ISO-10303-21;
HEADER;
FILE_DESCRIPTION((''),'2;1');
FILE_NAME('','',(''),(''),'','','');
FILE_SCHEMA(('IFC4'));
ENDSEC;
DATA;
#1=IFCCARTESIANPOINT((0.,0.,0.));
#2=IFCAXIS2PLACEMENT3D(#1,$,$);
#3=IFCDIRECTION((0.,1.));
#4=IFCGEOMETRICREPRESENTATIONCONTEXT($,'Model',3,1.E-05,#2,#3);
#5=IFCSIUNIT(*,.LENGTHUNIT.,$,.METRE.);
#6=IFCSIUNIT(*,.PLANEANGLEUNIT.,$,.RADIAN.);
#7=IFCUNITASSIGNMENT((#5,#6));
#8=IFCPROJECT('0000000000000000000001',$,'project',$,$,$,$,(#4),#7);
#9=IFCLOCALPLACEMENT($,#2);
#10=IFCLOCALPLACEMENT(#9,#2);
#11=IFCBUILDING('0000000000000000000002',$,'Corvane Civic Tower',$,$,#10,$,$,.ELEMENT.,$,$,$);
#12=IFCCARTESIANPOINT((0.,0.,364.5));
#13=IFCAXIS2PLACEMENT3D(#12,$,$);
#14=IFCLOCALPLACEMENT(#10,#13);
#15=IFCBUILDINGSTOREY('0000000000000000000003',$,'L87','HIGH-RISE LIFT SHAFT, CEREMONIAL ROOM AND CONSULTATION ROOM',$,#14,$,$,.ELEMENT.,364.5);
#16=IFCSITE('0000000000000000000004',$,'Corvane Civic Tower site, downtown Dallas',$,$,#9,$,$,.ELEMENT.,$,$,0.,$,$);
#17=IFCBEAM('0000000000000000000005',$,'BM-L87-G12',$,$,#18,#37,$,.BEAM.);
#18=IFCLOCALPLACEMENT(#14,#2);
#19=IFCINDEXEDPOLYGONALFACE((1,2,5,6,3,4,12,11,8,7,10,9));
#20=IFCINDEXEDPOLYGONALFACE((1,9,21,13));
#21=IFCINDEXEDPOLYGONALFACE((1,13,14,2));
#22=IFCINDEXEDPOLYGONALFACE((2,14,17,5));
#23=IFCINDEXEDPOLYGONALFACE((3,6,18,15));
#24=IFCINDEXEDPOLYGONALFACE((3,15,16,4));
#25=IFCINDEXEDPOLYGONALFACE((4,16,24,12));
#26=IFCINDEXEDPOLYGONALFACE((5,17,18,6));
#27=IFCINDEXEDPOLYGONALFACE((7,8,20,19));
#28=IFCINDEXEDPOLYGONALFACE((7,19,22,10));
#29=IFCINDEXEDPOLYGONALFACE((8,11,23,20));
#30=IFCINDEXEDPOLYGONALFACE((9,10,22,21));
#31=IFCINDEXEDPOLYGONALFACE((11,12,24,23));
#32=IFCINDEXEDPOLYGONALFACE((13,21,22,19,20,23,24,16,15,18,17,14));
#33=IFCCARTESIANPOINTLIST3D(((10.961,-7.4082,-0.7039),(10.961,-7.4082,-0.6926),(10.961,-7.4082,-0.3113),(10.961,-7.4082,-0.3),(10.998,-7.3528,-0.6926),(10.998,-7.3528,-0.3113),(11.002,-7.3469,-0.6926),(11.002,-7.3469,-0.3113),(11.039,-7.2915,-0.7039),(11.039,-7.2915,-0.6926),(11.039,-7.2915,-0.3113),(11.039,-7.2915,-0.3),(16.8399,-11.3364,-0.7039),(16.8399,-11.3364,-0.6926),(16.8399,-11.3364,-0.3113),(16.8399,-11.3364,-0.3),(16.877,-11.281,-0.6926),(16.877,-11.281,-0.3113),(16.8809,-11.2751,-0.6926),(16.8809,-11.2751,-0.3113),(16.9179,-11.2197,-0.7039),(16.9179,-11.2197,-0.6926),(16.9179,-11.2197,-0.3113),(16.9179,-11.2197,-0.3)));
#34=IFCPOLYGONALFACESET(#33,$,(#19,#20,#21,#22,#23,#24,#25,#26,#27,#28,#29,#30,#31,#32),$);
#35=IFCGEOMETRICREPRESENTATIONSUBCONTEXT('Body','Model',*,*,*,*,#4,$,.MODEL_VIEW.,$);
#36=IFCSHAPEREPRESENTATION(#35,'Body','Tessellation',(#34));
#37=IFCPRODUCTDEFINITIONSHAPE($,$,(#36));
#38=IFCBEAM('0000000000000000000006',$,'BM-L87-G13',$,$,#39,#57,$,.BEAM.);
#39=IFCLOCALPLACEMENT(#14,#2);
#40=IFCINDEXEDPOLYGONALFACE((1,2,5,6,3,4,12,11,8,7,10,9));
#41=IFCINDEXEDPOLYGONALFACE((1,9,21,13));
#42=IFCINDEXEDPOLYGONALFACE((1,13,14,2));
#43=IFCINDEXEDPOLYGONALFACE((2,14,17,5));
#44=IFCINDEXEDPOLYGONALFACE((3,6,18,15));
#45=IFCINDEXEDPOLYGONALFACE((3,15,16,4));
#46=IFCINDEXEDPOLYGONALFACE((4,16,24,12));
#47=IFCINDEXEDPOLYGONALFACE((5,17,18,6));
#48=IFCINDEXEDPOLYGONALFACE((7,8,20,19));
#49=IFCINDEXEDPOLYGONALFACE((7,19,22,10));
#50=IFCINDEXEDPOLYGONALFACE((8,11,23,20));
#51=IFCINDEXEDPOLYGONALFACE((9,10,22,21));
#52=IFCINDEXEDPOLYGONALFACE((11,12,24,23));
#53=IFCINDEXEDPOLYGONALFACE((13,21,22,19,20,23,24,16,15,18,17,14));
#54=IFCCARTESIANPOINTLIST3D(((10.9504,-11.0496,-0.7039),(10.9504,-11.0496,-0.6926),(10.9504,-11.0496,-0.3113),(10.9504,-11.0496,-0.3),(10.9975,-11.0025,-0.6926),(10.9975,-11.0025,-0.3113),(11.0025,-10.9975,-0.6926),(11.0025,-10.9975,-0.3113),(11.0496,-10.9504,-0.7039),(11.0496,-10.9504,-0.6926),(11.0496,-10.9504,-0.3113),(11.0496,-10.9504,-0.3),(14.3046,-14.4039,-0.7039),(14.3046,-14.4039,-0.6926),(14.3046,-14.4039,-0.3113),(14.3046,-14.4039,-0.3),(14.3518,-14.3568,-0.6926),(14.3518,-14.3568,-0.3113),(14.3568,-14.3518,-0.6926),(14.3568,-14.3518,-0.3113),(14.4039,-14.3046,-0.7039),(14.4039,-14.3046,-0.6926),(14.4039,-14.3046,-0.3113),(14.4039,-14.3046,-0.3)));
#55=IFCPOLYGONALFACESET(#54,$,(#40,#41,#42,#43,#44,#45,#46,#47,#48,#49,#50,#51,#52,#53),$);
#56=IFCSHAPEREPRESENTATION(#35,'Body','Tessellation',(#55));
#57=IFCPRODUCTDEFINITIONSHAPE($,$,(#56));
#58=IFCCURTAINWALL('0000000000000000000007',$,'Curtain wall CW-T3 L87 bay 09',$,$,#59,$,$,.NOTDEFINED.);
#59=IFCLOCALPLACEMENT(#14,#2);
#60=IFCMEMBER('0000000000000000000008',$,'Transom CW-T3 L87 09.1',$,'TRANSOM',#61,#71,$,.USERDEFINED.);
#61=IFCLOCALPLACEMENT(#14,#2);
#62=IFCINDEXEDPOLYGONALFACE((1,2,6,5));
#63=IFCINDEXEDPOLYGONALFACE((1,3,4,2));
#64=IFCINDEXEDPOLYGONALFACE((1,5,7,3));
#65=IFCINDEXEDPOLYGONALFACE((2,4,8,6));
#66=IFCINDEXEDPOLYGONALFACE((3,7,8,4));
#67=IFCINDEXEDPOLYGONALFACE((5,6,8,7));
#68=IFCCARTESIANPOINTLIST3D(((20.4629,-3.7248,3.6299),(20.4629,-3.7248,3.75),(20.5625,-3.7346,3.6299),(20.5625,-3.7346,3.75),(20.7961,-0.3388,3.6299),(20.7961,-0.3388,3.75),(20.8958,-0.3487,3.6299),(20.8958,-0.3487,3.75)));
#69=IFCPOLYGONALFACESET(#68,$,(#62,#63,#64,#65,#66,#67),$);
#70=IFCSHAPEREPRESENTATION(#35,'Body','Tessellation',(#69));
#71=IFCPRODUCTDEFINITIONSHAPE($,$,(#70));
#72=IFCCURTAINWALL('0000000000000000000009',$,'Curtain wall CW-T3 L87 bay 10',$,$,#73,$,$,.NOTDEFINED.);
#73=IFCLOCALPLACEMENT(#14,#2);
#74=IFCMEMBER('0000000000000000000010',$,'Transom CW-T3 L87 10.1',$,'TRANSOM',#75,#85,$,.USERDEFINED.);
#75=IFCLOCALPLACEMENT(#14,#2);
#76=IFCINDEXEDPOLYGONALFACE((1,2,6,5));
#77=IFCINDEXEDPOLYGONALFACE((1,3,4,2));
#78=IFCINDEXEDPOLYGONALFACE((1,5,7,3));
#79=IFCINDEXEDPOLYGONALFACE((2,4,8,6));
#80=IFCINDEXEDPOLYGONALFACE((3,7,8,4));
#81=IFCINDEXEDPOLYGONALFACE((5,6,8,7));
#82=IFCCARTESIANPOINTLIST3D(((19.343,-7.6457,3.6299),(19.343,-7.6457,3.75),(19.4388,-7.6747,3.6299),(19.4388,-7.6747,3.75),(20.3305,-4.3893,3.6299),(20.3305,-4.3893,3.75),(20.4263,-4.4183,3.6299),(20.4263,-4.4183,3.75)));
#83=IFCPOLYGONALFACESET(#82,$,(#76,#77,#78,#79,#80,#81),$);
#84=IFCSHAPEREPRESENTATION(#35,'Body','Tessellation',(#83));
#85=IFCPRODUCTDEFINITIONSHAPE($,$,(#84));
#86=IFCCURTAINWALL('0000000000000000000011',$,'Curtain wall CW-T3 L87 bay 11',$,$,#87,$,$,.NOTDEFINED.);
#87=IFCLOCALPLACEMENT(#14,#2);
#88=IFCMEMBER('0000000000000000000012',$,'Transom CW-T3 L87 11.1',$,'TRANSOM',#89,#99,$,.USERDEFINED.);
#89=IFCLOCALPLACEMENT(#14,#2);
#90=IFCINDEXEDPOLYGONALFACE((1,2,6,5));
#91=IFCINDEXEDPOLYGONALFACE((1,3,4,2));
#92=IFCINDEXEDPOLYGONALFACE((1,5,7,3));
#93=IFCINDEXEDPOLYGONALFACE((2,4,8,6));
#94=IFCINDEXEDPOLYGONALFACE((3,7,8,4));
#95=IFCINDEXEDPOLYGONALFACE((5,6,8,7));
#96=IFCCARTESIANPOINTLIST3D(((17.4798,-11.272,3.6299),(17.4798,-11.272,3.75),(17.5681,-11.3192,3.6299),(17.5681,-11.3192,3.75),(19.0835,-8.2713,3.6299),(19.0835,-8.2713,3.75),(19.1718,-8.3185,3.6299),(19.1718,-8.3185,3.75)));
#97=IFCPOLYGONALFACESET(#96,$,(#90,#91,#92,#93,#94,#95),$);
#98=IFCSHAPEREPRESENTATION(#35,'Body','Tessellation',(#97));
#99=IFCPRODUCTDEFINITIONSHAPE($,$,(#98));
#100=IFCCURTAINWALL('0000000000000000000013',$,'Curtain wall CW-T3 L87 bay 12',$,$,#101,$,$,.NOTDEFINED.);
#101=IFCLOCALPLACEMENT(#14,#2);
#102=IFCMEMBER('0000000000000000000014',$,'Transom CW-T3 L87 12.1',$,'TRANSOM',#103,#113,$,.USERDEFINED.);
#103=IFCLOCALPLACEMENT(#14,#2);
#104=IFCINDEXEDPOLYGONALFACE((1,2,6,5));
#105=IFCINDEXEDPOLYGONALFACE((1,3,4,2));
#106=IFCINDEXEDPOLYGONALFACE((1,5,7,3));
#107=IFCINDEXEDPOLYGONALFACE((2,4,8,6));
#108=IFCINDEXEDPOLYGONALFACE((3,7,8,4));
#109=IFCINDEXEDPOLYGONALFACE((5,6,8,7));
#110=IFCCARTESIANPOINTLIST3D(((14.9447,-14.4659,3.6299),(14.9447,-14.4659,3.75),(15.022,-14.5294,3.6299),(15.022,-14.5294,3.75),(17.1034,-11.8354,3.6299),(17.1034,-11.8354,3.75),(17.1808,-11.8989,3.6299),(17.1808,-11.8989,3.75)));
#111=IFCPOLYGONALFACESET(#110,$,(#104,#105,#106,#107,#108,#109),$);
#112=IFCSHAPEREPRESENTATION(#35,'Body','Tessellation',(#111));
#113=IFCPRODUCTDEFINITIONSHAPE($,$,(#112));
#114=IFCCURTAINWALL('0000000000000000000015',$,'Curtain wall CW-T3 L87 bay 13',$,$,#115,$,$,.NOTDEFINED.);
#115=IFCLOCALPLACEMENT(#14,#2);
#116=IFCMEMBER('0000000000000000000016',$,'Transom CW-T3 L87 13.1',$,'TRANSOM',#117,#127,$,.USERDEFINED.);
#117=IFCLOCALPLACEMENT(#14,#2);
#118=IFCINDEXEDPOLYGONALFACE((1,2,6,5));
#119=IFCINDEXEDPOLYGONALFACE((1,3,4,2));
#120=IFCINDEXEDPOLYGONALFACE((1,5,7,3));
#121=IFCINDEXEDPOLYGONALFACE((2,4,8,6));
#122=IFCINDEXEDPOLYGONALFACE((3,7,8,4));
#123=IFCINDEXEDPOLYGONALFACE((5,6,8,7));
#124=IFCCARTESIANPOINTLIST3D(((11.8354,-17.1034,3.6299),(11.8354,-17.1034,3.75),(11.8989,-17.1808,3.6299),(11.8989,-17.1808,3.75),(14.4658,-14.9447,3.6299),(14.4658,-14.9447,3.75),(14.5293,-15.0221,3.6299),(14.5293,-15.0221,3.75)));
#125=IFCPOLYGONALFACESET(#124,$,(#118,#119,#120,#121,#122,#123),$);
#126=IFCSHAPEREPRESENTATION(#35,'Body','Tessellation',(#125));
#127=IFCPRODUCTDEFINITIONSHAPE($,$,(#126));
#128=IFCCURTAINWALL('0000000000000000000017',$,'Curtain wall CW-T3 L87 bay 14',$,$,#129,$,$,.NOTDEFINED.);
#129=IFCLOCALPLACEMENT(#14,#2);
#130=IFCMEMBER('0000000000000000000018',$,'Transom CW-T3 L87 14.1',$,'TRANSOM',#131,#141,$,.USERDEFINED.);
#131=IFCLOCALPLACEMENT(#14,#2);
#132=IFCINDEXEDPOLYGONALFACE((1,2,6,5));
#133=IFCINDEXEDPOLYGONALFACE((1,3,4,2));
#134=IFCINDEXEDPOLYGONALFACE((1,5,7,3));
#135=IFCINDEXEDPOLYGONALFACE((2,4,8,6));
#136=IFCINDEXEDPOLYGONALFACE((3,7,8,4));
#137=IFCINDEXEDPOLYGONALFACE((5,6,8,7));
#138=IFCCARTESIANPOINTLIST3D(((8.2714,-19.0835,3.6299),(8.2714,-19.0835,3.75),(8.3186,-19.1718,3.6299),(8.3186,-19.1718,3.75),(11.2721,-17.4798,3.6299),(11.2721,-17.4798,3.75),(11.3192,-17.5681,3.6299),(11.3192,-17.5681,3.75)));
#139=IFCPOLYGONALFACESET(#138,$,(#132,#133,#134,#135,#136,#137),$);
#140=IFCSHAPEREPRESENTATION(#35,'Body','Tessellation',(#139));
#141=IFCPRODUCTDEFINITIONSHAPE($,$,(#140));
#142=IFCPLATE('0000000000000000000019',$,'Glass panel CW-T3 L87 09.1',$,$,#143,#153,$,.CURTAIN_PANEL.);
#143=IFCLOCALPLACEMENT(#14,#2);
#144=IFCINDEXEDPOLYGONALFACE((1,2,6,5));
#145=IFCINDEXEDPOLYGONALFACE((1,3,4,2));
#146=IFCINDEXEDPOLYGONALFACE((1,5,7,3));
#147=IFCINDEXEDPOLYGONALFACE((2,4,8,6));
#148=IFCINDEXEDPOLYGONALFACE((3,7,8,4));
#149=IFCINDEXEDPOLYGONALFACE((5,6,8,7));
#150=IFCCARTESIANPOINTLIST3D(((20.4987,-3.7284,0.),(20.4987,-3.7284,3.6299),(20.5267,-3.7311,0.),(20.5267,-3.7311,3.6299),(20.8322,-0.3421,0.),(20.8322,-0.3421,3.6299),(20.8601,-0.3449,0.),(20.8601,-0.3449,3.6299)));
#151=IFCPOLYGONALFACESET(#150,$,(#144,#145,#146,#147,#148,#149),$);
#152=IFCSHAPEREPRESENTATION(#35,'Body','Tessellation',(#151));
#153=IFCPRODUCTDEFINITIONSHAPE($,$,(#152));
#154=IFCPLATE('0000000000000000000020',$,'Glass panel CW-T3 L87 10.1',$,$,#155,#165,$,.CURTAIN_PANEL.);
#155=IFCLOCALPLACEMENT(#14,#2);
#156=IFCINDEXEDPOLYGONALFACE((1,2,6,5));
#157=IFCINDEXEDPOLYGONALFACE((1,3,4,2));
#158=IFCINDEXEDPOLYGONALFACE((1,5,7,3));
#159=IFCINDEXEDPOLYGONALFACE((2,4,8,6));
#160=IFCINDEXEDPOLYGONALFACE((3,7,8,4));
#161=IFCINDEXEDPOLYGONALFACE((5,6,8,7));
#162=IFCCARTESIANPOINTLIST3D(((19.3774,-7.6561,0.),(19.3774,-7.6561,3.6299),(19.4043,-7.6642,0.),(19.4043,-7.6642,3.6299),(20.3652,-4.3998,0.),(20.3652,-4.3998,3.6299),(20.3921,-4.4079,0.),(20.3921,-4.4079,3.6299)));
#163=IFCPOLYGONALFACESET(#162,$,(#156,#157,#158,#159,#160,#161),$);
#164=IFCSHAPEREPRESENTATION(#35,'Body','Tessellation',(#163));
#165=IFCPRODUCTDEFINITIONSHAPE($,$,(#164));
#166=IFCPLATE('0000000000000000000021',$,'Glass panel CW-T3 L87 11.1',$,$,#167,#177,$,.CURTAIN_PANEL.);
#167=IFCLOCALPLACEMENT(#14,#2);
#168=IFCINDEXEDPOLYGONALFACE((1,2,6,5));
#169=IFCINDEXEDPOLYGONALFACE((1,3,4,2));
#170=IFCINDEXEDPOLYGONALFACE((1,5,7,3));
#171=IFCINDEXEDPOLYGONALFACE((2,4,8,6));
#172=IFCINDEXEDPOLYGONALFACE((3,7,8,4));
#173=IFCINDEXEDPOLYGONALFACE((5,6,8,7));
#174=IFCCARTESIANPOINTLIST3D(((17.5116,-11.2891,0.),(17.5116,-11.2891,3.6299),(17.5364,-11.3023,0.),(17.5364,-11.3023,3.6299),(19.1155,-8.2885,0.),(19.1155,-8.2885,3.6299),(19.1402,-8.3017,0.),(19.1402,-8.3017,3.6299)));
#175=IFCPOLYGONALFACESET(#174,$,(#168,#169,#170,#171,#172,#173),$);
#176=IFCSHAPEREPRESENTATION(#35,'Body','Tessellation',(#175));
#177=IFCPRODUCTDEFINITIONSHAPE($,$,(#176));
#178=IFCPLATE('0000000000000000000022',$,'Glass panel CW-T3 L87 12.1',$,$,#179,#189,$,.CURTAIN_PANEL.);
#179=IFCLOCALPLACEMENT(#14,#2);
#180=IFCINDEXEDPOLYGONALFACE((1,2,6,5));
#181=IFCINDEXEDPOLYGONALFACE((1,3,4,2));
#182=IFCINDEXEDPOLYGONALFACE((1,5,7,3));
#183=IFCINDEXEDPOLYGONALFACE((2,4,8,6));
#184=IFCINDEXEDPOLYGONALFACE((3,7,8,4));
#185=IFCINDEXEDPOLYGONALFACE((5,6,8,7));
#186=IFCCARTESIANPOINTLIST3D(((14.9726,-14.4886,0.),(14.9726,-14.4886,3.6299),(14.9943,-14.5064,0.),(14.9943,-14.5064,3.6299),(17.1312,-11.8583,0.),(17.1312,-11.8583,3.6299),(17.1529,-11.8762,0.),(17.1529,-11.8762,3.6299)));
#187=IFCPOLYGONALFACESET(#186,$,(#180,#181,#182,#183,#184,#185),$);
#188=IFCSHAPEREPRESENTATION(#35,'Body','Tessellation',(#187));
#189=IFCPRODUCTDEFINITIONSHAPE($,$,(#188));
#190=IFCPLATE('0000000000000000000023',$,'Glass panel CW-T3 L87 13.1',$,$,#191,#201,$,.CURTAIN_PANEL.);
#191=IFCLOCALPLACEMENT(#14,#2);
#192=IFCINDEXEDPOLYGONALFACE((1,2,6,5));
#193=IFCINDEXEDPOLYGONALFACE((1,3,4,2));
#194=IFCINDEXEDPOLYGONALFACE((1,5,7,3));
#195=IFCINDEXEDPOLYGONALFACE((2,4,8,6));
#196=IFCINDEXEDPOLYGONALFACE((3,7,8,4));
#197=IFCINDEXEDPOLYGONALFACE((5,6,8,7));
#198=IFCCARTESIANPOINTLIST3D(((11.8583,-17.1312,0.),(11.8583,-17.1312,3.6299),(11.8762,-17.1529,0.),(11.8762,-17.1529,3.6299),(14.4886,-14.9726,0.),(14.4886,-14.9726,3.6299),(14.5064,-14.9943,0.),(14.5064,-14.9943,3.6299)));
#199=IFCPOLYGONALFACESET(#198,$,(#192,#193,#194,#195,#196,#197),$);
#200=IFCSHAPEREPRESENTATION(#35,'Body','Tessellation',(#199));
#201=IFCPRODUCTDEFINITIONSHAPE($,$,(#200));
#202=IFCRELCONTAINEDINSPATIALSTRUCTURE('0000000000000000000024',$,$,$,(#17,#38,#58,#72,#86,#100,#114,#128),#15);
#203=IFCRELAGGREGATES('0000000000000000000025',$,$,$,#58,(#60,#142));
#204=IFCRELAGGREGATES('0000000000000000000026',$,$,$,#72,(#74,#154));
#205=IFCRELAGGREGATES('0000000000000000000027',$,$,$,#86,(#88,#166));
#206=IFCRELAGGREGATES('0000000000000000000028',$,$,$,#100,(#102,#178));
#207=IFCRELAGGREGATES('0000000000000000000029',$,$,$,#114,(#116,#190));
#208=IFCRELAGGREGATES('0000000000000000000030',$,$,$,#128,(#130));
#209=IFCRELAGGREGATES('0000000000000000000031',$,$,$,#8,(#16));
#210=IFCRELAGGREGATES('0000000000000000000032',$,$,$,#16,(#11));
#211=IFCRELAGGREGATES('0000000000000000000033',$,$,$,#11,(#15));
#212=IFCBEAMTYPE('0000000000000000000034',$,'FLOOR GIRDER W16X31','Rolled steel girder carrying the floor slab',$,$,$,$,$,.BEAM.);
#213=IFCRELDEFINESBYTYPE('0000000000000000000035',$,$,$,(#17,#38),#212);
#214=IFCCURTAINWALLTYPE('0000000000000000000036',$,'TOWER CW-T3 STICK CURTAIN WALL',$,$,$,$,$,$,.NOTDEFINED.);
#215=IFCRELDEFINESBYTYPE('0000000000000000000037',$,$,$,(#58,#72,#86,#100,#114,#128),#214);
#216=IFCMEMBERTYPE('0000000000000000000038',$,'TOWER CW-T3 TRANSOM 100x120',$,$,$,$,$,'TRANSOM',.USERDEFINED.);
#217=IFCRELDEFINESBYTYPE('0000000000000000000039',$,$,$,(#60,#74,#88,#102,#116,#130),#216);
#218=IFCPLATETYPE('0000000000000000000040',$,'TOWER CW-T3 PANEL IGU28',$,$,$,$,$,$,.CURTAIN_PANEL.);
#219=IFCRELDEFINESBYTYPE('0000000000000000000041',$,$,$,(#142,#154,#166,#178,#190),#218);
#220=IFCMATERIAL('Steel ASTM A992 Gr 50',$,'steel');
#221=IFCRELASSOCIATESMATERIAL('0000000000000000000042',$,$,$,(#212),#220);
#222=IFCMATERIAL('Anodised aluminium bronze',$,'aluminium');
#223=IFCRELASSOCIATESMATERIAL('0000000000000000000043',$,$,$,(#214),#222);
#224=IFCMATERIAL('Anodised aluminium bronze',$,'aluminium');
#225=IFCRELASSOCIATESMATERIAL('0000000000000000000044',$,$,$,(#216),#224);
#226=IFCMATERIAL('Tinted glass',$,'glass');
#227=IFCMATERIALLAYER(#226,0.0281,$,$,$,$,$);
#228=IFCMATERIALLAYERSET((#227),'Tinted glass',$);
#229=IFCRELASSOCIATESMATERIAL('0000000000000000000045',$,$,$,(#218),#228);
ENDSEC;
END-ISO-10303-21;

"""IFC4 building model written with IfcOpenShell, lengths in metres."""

from ifc_helpers import new_model, si_unit, direction, frame, origin, origin_2d, place, context, subcontext, project, spatial, rectangle, i_section, extrude, material, layer, layer_set, material_profile, profile_set, type_object, element, aggregate, save


model = new_model("IFC4")

# Units and contexts
model_context = context("Model", 3, precision=1e-05, world=origin(), true_north=direction((0.0, 1.0)))
body_context = subcontext(model_context, "Body", "Model", "MODEL_VIEW")
ifc_project = project(units=[si_unit("LENGTHUNIT", "METRE"), si_unit("PLANEANGLEUNIT", "RADIAN")], contexts=[model_context])

# Site, building, storey
site_placement = place(None, origin())
site = spatial("IfcSite", under=ifc_project, at=site_placement, Name="Corvane Civic Tower site, downtown Dallas", CompositionType="ELEMENT", RefElevation=0.0)
building_placement = place(site_placement, origin())
building = spatial("IfcBuilding", under=site, at=building_placement, Name="Corvane Civic Tower", CompositionType="ELEMENT")
storey_placement = place(building_placement, frame((0.0, 0.0, 364.5)))
storey = spatial("IfcBuildingStorey", under=building, at=storey_placement, Name="L87", Description="HIGH-RISE LIFT SHAFT, CEREMONIAL ROOM AND CONSULTATION ROOM", CompositionType="ELEMENT", Elevation=364.5)

# Beams
ifc_material_1 = material(Name="Steel ASTM A992 Gr 50", Category="steel")
ifc_material_profile_1 = material_profile(ifc_material_1, i_section(OverallWidth=0.1404, OverallDepth=0.4038, WebThickness=0.0071, FlangeThickness=0.0112, at=origin_2d()), Name="W16X31")
ifc_profile_set_1 = profile_set([ifc_material_profile_1], Name="Steel ASTM A992 Gr 50")
beam_type_1 = type_object("IfcBeamType", Name="FLOOR GIRDER W16X31", Description="Rolled steel girder carrying the floor slab", PredefinedType="BEAM", material=ifc_profile_set_1)
beam_1_placement = place(storey_placement, frame((11.0, -7.3499, -0.502), z_axis=(0.831465, -0.555576, 0.0), x_axis=(0.555576, 0.831465, 0.0)))
element("IfcBeam", 1, at=beam_1_placement, inside=storey, type_object=beam_type_1, Name="BM-L87-G12", PredefinedType="BEAM", context=body_context, shape_type="SweptSolid", body=[
    extrude(i_section(OverallWidth=0.1404, OverallDepth=0.4038, WebThickness=0.0071, FlangeThickness=0.0112, at=origin_2d()), origin(), (0.0, 0.0, 1.0), 7.0706),
])
beam_2_placement = place(storey_placement, frame((11.0, -11.0, -0.502), z_axis=(0.707107, -0.707107, 0.0), x_axis=(0.707107, 0.707107, 0.0)))
element("IfcBeam", 2, at=beam_2_placement, inside=storey, type_object=beam_type_1, Name="BM-L87-G13", PredefinedType="BEAM", context=body_context, shape_type="SweptSolid", body=[
    extrude(i_section(OverallWidth=0.1404, OverallDepth=0.4038, WebThickness=0.0071, FlangeThickness=0.0112, at=origin_2d()), origin(), (0.0, 0.0, 1.0), 4.7437),
])

# Curtain walls, members
ifc_material_2 = material(Name="Anodised aluminium bronze", Category="aluminium")
curtain_wall_type = type_object("IfcCurtainWallType", Name="TOWER CW-T3 STICK CURTAIN WALL", PredefinedType="NOTDEFINED", material=ifc_material_2)
curtain_wall_1_placement = place(storey_placement, origin())
curtain_wall_1 = element("IfcCurtainWall", 3, at=curtain_wall_1_placement, inside=storey, type_object=curtain_wall_type, Name="Curtain wall CW-T3 L87 bay 09", PredefinedType="NOTDEFINED")
ifc_material_3 = material(Name="Anodised aluminium bronze", Category="aluminium")
ifc_material_profile_2 = material_profile(ifc_material_3, rectangle(XDim=0.1001, YDim=0.1201, at=origin_2d()), Name="TOWER CW-T3 TRANSOM 100x120")
ifc_profile_set_2 = profile_set([ifc_material_profile_2], Name="Anodised aluminium bronze")
member_type = type_object("IfcMemberType", Name="TOWER CW-T3 TRANSOM 100x120", ElementType="TRANSOM", PredefinedType="USERDEFINED", material=ifc_profile_set_2)
member_1_placement = place(storey_placement, frame((20.8459, -0.3438, 3.6899), z_axis=(-0.097948, -0.995192, 0.0), x_axis=(0.995192, -0.097948, 0.0)))
member_1 = element("IfcMember", 4, at=member_1_placement, type_object=member_type, Name="Transom CW-T3 L87 09.1", ObjectType="TRANSOM", PredefinedType="USERDEFINED", context=body_context, shape_type="SweptSolid", body=[
    extrude(rectangle(XDim=0.1001, YDim=0.1201, at=origin_2d()), origin(), (0.0, 0.0, 1.0), 3.4023),
])
curtain_wall_2_placement = place(storey_placement, origin())
curtain_wall_2 = element("IfcCurtainWall", 5, at=curtain_wall_2_placement, inside=storey, type_object=curtain_wall_type, Name="Curtain wall CW-T3 L87 bay 10", PredefinedType="NOTDEFINED")
member_2_placement = place(storey_placement, frame((20.3784, -4.4038, 3.6899), z_axis=(-0.290216, -0.956961, 0.0), x_axis=(0.956961, -0.290216, 0.0)))
member_2 = element("IfcMember", 6, at=member_2_placement, type_object=member_type, Name="Transom CW-T3 L87 10.1", ObjectType="TRANSOM", PredefinedType="USERDEFINED", context=body_context, shape_type="SweptSolid", body=[
    extrude(rectangle(XDim=0.1001, YDim=0.1201, at=origin_2d()), origin(), (0.0, 0.0, 1.0), 3.4028),
])
curtain_wall_3_placement = place(storey_placement, origin())
curtain_wall_3 = element("IfcCurtainWall", 7, at=curtain_wall_3_placement, inside=storey, type_object=curtain_wall_type, Name="Curtain wall CW-T3 L87 bay 11", PredefinedType="NOTDEFINED")
member_3_placement = place(storey_placement, frame((19.1277, -8.2949, 3.6899), z_axis=(-0.471359, -0.881941, 0.0), x_axis=(0.881941, -0.471359, 0.0)))
member_3 = element("IfcMember", 8, at=member_3_placement, type_object=member_type, Name="Transom CW-T3 L87 11.1", ObjectType="TRANSOM", PredefinedType="USERDEFINED", context=body_context, shape_type="SweptSolid", body=[
    extrude(rectangle(XDim=0.1001, YDim=0.1201, at=origin_2d()), origin(), (0.0, 0.0, 1.0), 3.4023),
])
curtain_wall_4_placement = place(storey_placement, origin())
curtain_wall_4 = element("IfcCurtainWall", 9, at=curtain_wall_4_placement, inside=storey, type_object=curtain_wall_type, Name="Curtain wall CW-T3 L87 bay 12", PredefinedType="NOTDEFINED")
member_4_placement = place(storey_placement, frame((17.1421, -11.8672, 3.6899), z_axis=(-0.634394, -0.77301, 0.0), x_axis=(0.77301, -0.634394, 0.0)))
member_4 = element("IfcMember", 10, at=member_4_placement, type_object=member_type, Name="Transom CW-T3 L87 12.1", ObjectType="TRANSOM", PredefinedType="USERDEFINED", context=body_context, shape_type="SweptSolid", body=[
    extrude(rectangle(XDim=0.1001, YDim=0.1201, at=origin_2d()), origin(), (0.0, 0.0, 1.0), 3.4028),
])
curtain_wall_5_placement = place(storey_placement, origin())
curtain_wall_5 = element("IfcCurtainWall", 11, at=curtain_wall_5_placement, inside=storey, type_object=curtain_wall_type, Name="Curtain wall CW-T3 L87 bay 13", PredefinedType="NOTDEFINED")
member_5_placement = place(storey_placement, frame((14.4976, -14.9834, 3.6899), z_axis=(-0.77301, -0.634394, 0.0), x_axis=(0.634394, -0.77301, 0.0)))
member_5 = element("IfcMember", 12, at=member_5_placement, type_object=member_type, Name="Transom CW-T3 L87 13.1", ObjectType="TRANSOM", PredefinedType="USERDEFINED", context=body_context, shape_type="SweptSolid", body=[
    extrude(rectangle(XDim=0.1001, YDim=0.1201, at=origin_2d()), origin(), (0.0, 0.0, 1.0), 3.4028),
])
curtain_wall_6_placement = place(storey_placement, origin())
curtain_wall_6 = element("IfcCurtainWall", 13, at=curtain_wall_6_placement, inside=storey, type_object=curtain_wall_type, Name="Curtain wall CW-T3 L87 bay 14", PredefinedType="NOTDEFINED")
member_6_placement = place(storey_placement, frame((11.2957, -17.5239, 3.6899), z_axis=(-0.881941, -0.471359, 0.0), x_axis=(0.471359, -0.881941, 0.0)))
member_6 = element("IfcMember", 14, at=member_6_placement, type_object=member_type, Name="Transom CW-T3 L87 14.1", ObjectType="TRANSOM", PredefinedType="USERDEFINED", context=body_context, shape_type="SweptSolid", body=[
    extrude(rectangle(XDim=0.1001, YDim=0.1201, at=origin_2d()), origin(), (0.0, 0.0, 1.0), 3.4023),
])

# Plates
ifc_material_4 = material(Name="Tinted glass", Category="glass")
ifc_layer_1 = layer(ifc_material_4, 0.0281)
ifc_layer_set_1 = layer_set([ifc_layer_1], Name="Tinted glass")
plate_type = type_object("IfcPlateType", Name="TOWER CW-T3 PANEL IGU28", PredefinedType="CURTAIN_PANEL", material=ifc_layer_set_1)
plate_1_placement = place(storey_placement, frame((20.6794, -2.0366, 0.0), z_axis=(0.0, 0.0, 1.0), x_axis=(-0.097998, -0.995187, 0.0)))
plate_1 = element("IfcPlate", 15, at=plate_1_placement, type_object=plate_type, Name="Glass panel CW-T3 L87 09.1", PredefinedType="CURTAIN_PANEL", context=body_context, shape_type="SweptSolid", body=[
    extrude(rectangle(XDim=3.4026, YDim=0.0281, at=origin_2d()), origin(), (0.0, 0.0, 1.0), 3.6299),
])
aggregate(curtain_wall_1, [member_1, plate_1])
plate_2_placement = place(storey_placement, frame((19.8848, -6.032, 0.0), z_axis=(0.0, 0.0, 1.0), x_axis=(-0.29029, -0.956939, 0.0)))
plate_2 = element("IfcPlate", 16, at=plate_2_placement, type_object=plate_type, Name="Glass panel CW-T3 L87 10.1", PredefinedType="CURTAIN_PANEL", context=body_context, shape_type="SweptSolid", body=[
    extrude(rectangle(XDim=3.4028, YDim=0.0281, at=origin_2d()), origin(), (0.0, 0.0, 1.0), 3.6299),
])
aggregate(curtain_wall_2, [member_2, plate_2])
plate_3_placement = place(storey_placement, frame((18.3259, -9.7954, 0.0), z_axis=(0.0, 0.0, 1.0), x_axis=(-0.471384, -0.881928, 0.0)))
plate_3 = element("IfcPlate", 17, at=plate_3_placement, type_object=plate_type, Name="Glass panel CW-T3 L87 11.1", PredefinedType="CURTAIN_PANEL", context=body_context, shape_type="SweptSolid", body=[
    extrude(rectangle(XDim=3.4023, YDim=0.0281, at=origin_2d()), origin(), (0.0, 0.0, 1.0), 3.6299),
])
aggregate(curtain_wall_3, [member_3, plate_3])
plate_4_placement = place(storey_placement, frame((16.0627, -13.1824, 0.0), z_axis=(0.0, 0.0, 1.0), x_axis=(-0.634393, -0.77301, 0.0)))
plate_4 = element("IfcPlate", 18, at=plate_4_placement, type_object=plate_type, Name="Glass panel CW-T3 L87 12.1", PredefinedType="CURTAIN_PANEL", context=body_context, shape_type="SweptSolid", body=[
    extrude(rectangle(XDim=3.4026, YDim=0.0281, at=origin_2d()), origin(), (0.0, 0.0, 1.0), 3.6299),
])
aggregate(curtain_wall_4, [member_4, plate_4])
plate_5_placement = place(storey_placement, frame((13.1824, -16.0627, 0.0), z_axis=(0.0, 0.0, 1.0), x_axis=(-0.77301, -0.634393, 0.0)))
plate_5 = element("IfcPlate", 19, at=plate_5_placement, type_object=plate_type, Name="Glass panel CW-T3 L87 13.1", PredefinedType="CURTAIN_PANEL", context=body_context, shape_type="SweptSolid", body=[
    extrude(rectangle(XDim=3.4026, YDim=0.0281, at=origin_2d()), origin(), (0.0, 0.0, 1.0), 3.6299),
])
aggregate(curtain_wall_5, [member_5, plate_5])
aggregate(curtain_wall_6, [member_6])

save(model, "model.ifc")
